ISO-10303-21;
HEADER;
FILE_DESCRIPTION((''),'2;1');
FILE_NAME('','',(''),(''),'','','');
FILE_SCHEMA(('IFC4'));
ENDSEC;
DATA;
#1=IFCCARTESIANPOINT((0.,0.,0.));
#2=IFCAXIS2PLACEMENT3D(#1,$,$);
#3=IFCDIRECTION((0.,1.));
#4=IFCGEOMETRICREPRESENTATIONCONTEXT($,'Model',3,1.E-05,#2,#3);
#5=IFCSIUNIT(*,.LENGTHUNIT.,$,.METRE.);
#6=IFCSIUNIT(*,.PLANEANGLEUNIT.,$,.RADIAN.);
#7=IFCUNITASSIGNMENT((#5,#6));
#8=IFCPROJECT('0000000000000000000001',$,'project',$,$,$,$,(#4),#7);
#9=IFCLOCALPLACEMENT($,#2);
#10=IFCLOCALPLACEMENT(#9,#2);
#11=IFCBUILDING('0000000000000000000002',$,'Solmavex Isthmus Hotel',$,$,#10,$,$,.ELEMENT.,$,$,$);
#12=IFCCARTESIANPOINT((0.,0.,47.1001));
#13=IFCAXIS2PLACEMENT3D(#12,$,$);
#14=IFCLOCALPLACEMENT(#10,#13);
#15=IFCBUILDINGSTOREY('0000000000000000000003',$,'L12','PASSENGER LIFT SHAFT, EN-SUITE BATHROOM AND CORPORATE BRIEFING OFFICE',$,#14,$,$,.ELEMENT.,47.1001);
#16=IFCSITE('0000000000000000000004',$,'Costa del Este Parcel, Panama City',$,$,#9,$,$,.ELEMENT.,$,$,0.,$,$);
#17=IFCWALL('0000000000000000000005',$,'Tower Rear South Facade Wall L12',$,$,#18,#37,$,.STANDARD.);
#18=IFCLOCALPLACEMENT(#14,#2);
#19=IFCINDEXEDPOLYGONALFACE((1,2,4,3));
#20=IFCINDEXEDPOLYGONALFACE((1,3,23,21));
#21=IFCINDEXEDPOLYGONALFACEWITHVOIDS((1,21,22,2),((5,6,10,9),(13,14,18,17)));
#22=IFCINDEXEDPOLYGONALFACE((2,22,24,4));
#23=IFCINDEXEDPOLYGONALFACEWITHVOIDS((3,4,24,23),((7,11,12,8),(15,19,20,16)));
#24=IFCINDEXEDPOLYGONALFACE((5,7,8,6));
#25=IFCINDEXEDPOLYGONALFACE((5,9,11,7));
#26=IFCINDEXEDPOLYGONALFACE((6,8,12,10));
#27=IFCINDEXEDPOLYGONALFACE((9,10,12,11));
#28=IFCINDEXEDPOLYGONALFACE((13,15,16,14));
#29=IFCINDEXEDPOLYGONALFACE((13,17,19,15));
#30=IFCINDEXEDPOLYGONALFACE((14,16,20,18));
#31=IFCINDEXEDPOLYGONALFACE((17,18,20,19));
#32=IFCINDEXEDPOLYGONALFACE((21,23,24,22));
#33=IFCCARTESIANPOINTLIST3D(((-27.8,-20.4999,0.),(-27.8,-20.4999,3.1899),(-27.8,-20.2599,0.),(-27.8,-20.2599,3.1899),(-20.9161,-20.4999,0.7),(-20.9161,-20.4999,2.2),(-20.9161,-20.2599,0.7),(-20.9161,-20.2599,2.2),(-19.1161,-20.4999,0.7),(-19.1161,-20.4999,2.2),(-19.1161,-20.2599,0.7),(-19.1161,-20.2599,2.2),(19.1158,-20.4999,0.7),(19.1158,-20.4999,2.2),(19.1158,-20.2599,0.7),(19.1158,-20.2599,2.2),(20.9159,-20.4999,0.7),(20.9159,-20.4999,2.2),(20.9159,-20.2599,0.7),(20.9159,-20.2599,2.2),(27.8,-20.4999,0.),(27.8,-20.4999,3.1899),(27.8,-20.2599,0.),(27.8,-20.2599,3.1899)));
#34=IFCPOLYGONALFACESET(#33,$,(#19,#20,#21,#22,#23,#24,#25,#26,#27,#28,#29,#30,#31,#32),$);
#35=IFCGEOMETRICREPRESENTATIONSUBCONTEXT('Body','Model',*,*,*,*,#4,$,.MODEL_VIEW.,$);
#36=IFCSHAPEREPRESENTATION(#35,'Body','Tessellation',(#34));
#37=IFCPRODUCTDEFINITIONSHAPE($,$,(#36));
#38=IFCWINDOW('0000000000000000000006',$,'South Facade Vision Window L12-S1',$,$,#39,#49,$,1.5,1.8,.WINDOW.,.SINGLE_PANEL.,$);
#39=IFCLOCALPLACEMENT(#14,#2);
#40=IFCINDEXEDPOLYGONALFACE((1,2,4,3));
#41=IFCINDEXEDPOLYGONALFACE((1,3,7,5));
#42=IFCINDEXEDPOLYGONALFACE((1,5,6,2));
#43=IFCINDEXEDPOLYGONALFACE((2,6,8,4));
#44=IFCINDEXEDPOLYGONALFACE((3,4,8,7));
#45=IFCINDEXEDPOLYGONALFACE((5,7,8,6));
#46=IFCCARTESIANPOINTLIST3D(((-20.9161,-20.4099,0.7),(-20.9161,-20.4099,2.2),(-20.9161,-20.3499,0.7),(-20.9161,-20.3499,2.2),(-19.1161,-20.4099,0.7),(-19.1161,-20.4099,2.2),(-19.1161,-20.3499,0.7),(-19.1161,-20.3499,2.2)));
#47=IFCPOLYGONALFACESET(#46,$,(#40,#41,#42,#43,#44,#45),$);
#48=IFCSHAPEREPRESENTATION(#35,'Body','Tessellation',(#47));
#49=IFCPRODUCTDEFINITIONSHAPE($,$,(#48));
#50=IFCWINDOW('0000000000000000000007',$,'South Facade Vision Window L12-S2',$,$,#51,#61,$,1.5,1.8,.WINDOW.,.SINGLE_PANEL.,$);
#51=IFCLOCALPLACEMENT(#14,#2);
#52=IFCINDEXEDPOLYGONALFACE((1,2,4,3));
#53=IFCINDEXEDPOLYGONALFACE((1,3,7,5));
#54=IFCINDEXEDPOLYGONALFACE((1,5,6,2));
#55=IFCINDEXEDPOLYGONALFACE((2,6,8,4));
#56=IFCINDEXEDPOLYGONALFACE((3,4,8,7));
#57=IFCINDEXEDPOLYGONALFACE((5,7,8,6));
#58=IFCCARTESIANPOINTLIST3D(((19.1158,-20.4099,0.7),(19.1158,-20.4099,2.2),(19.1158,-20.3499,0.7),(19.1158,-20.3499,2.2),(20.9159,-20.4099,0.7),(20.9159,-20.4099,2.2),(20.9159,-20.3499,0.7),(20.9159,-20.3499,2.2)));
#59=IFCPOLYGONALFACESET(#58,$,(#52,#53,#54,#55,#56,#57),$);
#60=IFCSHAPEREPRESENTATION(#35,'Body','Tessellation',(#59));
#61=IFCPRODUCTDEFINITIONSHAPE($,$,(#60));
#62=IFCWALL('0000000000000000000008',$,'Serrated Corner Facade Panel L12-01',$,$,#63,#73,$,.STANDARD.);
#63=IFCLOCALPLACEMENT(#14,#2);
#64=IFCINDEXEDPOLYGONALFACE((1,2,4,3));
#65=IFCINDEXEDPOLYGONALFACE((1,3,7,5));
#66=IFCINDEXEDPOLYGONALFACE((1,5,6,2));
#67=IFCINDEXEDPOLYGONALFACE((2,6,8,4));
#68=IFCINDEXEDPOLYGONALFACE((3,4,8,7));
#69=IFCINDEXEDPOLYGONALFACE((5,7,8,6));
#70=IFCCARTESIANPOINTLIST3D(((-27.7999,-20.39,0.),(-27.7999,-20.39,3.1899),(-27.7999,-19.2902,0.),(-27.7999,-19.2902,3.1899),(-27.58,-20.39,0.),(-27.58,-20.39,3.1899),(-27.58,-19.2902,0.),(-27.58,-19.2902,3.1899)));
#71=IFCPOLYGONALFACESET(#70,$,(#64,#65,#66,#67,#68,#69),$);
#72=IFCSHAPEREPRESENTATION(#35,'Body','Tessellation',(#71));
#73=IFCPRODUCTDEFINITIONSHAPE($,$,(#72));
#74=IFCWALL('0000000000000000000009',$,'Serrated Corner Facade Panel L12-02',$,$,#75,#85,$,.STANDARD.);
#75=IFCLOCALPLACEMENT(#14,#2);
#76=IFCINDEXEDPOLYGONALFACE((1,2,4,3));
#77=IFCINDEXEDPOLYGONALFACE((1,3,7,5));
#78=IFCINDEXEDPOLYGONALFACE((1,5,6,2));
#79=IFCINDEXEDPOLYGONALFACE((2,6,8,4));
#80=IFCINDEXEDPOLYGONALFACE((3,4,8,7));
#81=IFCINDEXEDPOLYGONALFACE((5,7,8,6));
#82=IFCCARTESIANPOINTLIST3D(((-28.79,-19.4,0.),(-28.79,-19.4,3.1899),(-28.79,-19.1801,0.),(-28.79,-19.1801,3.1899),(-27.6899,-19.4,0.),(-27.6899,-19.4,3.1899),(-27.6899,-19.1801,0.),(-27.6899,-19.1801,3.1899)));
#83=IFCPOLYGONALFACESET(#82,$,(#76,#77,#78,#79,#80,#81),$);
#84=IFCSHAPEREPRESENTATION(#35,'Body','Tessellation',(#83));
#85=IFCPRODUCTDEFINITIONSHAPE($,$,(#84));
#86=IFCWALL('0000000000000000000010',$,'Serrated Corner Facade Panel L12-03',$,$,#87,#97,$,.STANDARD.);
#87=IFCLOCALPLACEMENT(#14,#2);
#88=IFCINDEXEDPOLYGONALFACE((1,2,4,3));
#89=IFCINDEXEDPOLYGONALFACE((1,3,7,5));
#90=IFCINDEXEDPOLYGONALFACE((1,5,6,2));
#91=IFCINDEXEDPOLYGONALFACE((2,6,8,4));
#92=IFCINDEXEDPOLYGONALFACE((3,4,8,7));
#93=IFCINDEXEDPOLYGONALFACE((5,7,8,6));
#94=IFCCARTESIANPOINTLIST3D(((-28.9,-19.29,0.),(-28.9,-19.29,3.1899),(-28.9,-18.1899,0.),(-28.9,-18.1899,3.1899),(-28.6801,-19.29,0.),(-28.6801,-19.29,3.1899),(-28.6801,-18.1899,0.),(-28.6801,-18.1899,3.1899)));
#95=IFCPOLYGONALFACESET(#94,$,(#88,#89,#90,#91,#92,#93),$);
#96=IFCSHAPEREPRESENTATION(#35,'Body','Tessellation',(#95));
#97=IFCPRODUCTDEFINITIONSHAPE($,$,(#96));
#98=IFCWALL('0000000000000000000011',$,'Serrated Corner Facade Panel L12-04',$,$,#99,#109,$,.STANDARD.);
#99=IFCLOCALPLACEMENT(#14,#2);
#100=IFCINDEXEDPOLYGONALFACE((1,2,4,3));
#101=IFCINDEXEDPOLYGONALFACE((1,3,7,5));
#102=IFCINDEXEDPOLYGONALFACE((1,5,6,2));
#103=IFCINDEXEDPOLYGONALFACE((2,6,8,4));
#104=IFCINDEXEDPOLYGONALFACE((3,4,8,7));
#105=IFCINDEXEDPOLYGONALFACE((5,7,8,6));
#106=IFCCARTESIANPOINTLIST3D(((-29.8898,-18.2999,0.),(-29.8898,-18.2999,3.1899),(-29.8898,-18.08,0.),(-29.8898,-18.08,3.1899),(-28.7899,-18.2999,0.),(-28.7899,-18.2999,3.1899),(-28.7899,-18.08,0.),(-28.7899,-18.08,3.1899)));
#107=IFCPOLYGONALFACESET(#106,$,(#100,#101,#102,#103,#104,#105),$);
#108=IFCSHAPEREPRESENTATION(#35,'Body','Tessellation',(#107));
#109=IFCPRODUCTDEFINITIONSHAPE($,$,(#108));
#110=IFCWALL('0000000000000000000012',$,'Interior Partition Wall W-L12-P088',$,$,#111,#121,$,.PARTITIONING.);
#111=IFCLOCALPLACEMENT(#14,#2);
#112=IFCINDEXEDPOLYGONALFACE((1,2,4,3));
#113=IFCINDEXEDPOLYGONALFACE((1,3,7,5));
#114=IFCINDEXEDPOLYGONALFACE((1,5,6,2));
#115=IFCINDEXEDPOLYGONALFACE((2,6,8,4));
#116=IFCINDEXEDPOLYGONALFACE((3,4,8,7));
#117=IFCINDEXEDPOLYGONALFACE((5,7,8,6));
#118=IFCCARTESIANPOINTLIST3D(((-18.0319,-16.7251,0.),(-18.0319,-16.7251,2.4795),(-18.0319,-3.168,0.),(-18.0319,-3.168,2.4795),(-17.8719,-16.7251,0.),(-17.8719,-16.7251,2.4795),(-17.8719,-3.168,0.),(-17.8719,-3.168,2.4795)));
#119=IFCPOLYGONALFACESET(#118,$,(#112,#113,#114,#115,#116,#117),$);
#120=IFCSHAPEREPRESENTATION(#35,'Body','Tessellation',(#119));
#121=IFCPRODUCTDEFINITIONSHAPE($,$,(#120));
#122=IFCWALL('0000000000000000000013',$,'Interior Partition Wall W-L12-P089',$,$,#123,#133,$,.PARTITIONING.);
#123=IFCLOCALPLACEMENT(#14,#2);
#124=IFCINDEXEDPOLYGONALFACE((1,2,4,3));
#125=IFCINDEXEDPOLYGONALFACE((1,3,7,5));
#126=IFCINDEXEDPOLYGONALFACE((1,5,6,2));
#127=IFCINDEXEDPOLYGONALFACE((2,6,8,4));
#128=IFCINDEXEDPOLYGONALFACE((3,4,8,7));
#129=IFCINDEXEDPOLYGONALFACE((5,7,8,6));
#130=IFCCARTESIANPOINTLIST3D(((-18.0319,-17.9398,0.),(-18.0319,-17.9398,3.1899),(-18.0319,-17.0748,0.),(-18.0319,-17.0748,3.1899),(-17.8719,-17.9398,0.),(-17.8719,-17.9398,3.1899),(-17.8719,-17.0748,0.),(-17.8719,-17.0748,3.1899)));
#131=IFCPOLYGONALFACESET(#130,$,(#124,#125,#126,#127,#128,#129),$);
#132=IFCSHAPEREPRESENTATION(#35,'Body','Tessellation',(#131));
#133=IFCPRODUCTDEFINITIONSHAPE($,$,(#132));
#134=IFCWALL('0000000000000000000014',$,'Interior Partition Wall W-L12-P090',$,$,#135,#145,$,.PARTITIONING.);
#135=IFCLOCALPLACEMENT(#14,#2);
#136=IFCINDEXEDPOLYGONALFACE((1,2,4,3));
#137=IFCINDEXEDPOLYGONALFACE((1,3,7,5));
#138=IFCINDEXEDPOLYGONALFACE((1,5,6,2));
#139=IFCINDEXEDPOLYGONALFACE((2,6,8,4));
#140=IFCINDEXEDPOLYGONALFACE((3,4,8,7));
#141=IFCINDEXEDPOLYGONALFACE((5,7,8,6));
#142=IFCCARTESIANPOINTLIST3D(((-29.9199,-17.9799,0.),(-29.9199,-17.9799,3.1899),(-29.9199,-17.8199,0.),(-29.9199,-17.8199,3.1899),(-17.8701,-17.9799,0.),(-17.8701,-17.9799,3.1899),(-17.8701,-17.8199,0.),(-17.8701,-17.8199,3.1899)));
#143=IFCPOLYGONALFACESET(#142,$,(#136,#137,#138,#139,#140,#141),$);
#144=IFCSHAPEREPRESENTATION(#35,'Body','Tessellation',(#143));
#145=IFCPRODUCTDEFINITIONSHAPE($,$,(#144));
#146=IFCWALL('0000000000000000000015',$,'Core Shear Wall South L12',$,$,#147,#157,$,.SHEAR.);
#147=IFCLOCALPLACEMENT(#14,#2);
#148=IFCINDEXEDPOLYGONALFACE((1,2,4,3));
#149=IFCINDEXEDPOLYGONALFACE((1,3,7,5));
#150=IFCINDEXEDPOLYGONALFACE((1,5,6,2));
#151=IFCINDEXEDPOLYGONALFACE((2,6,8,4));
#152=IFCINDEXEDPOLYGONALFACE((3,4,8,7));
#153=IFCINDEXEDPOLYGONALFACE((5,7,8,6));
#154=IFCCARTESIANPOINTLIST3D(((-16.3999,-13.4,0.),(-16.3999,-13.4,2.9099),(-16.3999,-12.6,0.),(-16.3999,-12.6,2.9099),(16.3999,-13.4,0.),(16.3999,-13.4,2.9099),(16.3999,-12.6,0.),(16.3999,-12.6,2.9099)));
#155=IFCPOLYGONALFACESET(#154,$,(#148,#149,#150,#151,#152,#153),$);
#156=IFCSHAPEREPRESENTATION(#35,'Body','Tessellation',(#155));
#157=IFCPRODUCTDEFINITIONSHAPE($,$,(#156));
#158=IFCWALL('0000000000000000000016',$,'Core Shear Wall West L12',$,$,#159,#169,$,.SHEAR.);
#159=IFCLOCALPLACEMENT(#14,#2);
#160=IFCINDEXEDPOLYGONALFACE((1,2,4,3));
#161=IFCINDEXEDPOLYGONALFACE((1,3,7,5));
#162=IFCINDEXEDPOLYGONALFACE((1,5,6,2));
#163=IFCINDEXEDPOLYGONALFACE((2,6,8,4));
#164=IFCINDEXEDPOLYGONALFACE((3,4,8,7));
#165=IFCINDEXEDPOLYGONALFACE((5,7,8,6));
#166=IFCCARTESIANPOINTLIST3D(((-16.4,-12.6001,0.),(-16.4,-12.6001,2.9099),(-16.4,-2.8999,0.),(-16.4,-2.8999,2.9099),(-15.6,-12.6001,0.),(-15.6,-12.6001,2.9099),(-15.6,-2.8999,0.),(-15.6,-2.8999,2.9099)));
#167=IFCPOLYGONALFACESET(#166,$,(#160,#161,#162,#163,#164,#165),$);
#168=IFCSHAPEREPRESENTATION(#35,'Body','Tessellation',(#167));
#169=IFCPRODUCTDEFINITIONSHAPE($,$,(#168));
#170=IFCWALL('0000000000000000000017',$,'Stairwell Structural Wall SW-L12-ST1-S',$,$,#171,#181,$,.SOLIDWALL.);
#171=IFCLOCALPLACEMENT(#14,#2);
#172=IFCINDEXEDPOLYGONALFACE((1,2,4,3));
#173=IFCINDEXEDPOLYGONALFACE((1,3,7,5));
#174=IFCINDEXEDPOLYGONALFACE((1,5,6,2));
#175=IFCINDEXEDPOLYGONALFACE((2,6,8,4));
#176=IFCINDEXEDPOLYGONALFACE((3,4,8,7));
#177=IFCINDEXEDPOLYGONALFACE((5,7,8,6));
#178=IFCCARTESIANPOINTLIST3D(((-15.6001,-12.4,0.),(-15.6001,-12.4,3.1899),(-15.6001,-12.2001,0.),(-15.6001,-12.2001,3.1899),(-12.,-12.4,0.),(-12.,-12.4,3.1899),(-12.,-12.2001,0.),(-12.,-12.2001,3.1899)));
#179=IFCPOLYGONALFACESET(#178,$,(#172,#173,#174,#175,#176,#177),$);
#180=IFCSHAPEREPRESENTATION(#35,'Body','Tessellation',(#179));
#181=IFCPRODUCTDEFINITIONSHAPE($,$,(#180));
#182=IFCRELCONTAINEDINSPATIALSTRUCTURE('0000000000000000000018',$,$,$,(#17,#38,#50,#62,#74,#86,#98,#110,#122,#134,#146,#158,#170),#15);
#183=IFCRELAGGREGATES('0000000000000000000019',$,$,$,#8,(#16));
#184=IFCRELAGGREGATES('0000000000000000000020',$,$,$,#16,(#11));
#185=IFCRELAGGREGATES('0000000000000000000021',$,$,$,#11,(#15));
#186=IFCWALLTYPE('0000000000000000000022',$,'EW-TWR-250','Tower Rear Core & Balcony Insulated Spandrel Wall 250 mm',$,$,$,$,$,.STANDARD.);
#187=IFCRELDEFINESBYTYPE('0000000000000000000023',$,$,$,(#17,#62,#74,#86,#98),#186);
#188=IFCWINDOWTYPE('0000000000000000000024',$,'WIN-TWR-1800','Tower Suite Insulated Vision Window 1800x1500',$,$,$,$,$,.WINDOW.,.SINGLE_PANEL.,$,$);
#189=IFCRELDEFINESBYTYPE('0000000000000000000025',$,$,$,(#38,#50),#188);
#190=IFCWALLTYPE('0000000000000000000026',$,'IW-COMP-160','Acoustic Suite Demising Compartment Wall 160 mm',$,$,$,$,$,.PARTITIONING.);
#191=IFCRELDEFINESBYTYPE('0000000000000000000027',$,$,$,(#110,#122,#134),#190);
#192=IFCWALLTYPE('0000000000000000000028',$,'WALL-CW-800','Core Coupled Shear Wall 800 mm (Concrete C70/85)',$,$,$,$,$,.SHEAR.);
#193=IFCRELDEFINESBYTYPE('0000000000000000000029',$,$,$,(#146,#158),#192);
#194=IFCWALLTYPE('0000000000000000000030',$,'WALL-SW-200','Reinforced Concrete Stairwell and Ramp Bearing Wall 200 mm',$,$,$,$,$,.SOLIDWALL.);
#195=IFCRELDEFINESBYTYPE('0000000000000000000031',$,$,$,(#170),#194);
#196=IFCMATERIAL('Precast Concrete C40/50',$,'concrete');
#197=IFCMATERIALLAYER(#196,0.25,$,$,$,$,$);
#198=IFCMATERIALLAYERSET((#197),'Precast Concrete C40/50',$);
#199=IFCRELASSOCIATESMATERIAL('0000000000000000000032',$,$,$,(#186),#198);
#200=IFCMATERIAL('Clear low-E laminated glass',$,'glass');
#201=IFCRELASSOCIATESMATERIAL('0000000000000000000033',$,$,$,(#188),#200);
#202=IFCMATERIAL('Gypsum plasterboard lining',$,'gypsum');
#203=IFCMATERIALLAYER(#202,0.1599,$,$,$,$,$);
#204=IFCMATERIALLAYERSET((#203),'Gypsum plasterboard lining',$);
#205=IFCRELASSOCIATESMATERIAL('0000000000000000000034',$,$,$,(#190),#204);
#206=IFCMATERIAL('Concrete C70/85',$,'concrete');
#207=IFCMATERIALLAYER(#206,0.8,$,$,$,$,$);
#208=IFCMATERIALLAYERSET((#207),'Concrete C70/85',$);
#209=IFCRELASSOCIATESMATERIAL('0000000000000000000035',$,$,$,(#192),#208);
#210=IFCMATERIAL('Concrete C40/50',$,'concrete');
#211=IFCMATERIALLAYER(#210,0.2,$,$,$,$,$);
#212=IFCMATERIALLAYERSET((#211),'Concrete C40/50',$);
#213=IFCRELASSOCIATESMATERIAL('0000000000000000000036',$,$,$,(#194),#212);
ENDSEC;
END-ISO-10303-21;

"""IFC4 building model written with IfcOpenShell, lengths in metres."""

from ifc_helpers import new_model, si_unit, direction, frame, frame_2d, origin, place, context, subcontext, project, spatial, rectangle, extrude, material, layer, layer_set, type_object, element, fill, save


model = new_model("IFC4")

# Units and contexts
model_context = context("Model", 3, precision=1e-05, world=origin(), true_north=direction((0.0, 1.0)))
body_context = subcontext(model_context, "Body", "Model", "MODEL_VIEW")
ifc_project = project(units=[si_unit("LENGTHUNIT", "METRE"), si_unit("PLANEANGLEUNIT", "RADIAN")], contexts=[model_context])

# Site, building, storey
site_placement = place(None, origin())
site = spatial("IfcSite", under=ifc_project, at=site_placement, Name="Costa del Este Parcel, Panama City", CompositionType="ELEMENT", RefElevation=0.0)
building_placement = place(site_placement, origin())
building = spatial("IfcBuilding", under=site, at=building_placement, Name="Solmavex Isthmus Hotel", CompositionType="ELEMENT")
storey_placement = place(building_placement, frame((0.0, 0.0, 47.1001)))
storey = spatial("IfcBuildingStorey", under=building, at=storey_placement, Name="L12", Description="PASSENGER LIFT SHAFT, EN-SUITE BATHROOM AND CORPORATE BRIEFING OFFICE", CompositionType="ELEMENT", Elevation=47.1001)

# Shared definitions
ifc_material_1 = material(Name="Concrete C70/85", Category="concrete")

# Shared definitions
ifc_material_2 = material(Name="Clear low-E laminated glass", Category="glass")

# Wall, openings, windows
ifc_material_3 = material(Name="Precast Concrete C40/50", Category="concrete")
ifc_layer_1 = layer(ifc_material_3, 0.25)
ifc_layer_set_1 = layer_set([ifc_layer_1], Name="Precast Concrete C40/50")
wall_type_1 = type_object("IfcWallType", Name="EW-TWR-250", Description="Tower Rear Core & Balcony Insulated Spandrel Wall 250 mm", PredefinedType="STANDARD", material=ifc_layer_set_1)
wall_1_placement = place(storey_placement, frame((-27.8, -20.3799, 0.0), z_axis=(0.0, 0.0, 1.0), x_axis=(1.0, 0.0, 0.0)))
wall_1 = element("IfcWall", 1, at=wall_1_placement, inside=storey, type_object=wall_type_1, Name="Tower Rear South Facade Wall L12", PredefinedType="STANDARD", context=body_context, shape_type="SweptSolid", body=[
    extrude(rectangle(XDim=55.6001, YDim=0.24, at=frame_2d((27.8, 0.0))), origin(), (0.0, 0.0, 1.0), 3.1899),
])
opening_1_placement = place(wall_1_placement, frame((6.884, 0.0, 0.7)))
opening_1 = element("IfcOpeningElement", 2, at=opening_1_placement, cuts=wall_1, PredefinedType="OPENING", context=body_context, shape_type="SweptSolid", body=[
    extrude(rectangle(XDim=1.8, YDim=1.5, at=frame_2d((0.8999, 0.75))), frame((0.0, 0.1299, 0.0), z_axis=(0.0, -1.0, 0.0), x_axis=(1.0, 0.0, 0.0)), (0.0, 0.0, 1.0), 0.26),
])
opening_2_placement = place(wall_1_placement, frame((46.916, 0.0, 0.7)))
opening_2 = element("IfcOpeningElement", 3, at=opening_2_placement, cuts=wall_1, PredefinedType="OPENING", context=body_context, shape_type="SweptSolid", body=[
    extrude(rectangle(XDim=1.8, YDim=1.5, at=frame_2d((0.8999, 0.75))), frame((0.0, 0.1299, 0.0), z_axis=(0.0, -1.0, 0.0), x_axis=(1.0, 0.0, 0.0)), (0.0, 0.0, 1.0), 0.26),
])
window_type = type_object("IfcWindowType", Name="WIN-TWR-1800", Description="Tower Suite Insulated Vision Window 1800x1500", PartitioningType="SINGLE_PANEL", PredefinedType="WINDOW", material=ifc_material_2)
window_1_placement = place(opening_1_placement, origin())
window_1 = element("IfcWindow", 4, at=window_1_placement, inside=storey, type_object=window_type, Name="South Facade Vision Window L12-S1", OverallHeight=1.5, OverallWidth=1.8, PartitioningType="SINGLE_PANEL", PredefinedType="WINDOW", context=body_context, shape_type="SweptSolid", body=[
    extrude(rectangle(XDim=1.8, YDim=1.5, at=frame_2d((0.8999, 0.75))), frame((0.0, 0.03, 0.0), z_axis=(0.0, -1.0, 0.0), x_axis=(1.0, 0.0, 0.0)), (0.0, 0.0, 1.0), 0.0601),
])
fill(opening_1, window_1)
window_2_placement = place(opening_2_placement, origin())
window_2 = element("IfcWindow", 5, at=window_2_placement, inside=storey, type_object=window_type, Name="South Facade Vision Window L12-S2", OverallHeight=1.5, OverallWidth=1.8, PartitioningType="SINGLE_PANEL", PredefinedType="WINDOW", context=body_context, shape_type="SweptSolid", body=[
    extrude(rectangle(XDim=1.8, YDim=1.5, at=frame_2d((0.8999, 0.75))), frame((0.0, 0.03, 0.0), z_axis=(0.0, -1.0, 0.0), x_axis=(1.0, 0.0, 0.0)), (0.0, 0.0, 1.0), 0.0601),
])
fill(opening_2, window_2)

# Walls
wall_2_placement = place(storey_placement, frame((-27.6899, -20.3899, 0.0), z_axis=(0.0, 0.0, 1.0), x_axis=(0.0, 1.0, 0.0)))
element("IfcWall", 6, at=wall_2_placement, inside=storey, type_object=wall_type_1, Name="Serrated Corner Facade Panel L12-01", PredefinedType="STANDARD", context=body_context, shape_type="SweptSolid", body=[
    extrude(rectangle(XDim=1.0999, YDim=0.22, at=frame_2d((0.5498, 0.0))), origin(), (0.0, 0.0, 1.0), 3.1899),
])
for number, where, z_axis, x_axis, name in (
    (7, (-27.6899, -19.29, 0.0), (0.0, 0.0, 1.0), (-1.0, 0.0, 0.0), "Serrated Corner Facade Panel L12-02"),
    (8, (-28.79, -19.29, 0.0), (0.0, 0.0, 1.0), (0.0, 1.0, 0.0), "Serrated Corner Facade Panel L12-03"),
):
    element("IfcWall", number, at=place(storey_placement, frame(where, z_axis=z_axis, x_axis=x_axis)), inside=storey, type_object=wall_type_1, Name=name, PredefinedType="STANDARD", context=body_context, shape_type="SweptSolid", body=[
        extrude(rectangle(XDim=1.1001, YDim=0.22, at=frame_2d((0.55, 0.0))), origin(), (0.0, 0.0, 1.0), 3.1899),
    ])
wall_3_placement = place(storey_placement, frame((-28.79, -18.1899, 0.0), z_axis=(0.0, 0.0, 1.0), x_axis=(-1.0, 0.0, 0.0)))
element("IfcWall", 9, at=wall_3_placement, inside=storey, type_object=wall_type_1, Name="Serrated Corner Facade Panel L12-04", PredefinedType="STANDARD", context=body_context, shape_type="SweptSolid", body=[
    extrude(rectangle(XDim=1.0999, YDim=0.22, at=frame_2d((0.5498, 0.0))), origin(), (0.0, 0.0, 1.0), 3.1899),
])
ifc_material_4 = material(Name="Gypsum plasterboard lining", Category="gypsum")
ifc_layer_2 = layer(ifc_material_4, 0.1599)
ifc_layer_set_2 = layer_set([ifc_layer_2], Name="Gypsum plasterboard lining")
wall_type_2 = type_object("IfcWallType", Name="IW-COMP-160", Description="Acoustic Suite Demising Compartment Wall 160 mm", PredefinedType="PARTITIONING", material=ifc_layer_set_2)
wall_4_placement = place(storey_placement, frame((-17.9519, -16.7251, 0.0), z_axis=(0.0, 0.0, 1.0), x_axis=(0.0, 1.0, 0.0)))
element("IfcWall", 10, at=wall_4_placement, inside=storey, type_object=wall_type_2, Name="Interior Partition Wall W-L12-P088", PredefinedType="PARTITIONING", context=body_context, shape_type="SweptSolid", body=[
    extrude(rectangle(XDim=13.5571, YDim=0.1599, at=frame_2d((6.7786, 0.0))), origin(), (0.0, 0.0, 1.0), 2.4795),
])
wall_5_placement = place(storey_placement, frame((-17.9519, -17.9399, 0.0), z_axis=(0.0, 0.0, 1.0), x_axis=(0.0, 1.0, 0.0)))
element("IfcWall", 11, at=wall_5_placement, inside=storey, type_object=wall_type_2, Name="Interior Partition Wall W-L12-P089", PredefinedType="PARTITIONING", context=body_context, shape_type="SweptSolid", body=[
    extrude(rectangle(XDim=0.865, YDim=0.1599, at=frame_2d((0.4326, 0.0))), origin(), (0.0, 0.0, 1.0), 3.1899),
])
wall_6_placement = place(storey_placement, frame((-29.9199, -17.8999, 0.0), z_axis=(0.0, 0.0, 1.0), x_axis=(1.0, 0.0, 0.0)))
element("IfcWall", 12, at=wall_6_placement, inside=storey, type_object=wall_type_2, Name="Interior Partition Wall W-L12-P090", PredefinedType="PARTITIONING", context=body_context, shape_type="SweptSolid", body=[
    extrude(rectangle(XDim=12.0498, YDim=0.1599, at=frame_2d((6.0249, 0.0))), origin(), (0.0, 0.0, 1.0), 3.1899),
])
ifc_layer_3 = layer(ifc_material_1, 0.8)
ifc_layer_set_3 = layer_set([ifc_layer_3], Name="Concrete C70/85")
wall_type_3 = type_object("IfcWallType", Name="WALL-CW-800", Description="Core Coupled Shear Wall 800 mm (Concrete C70/85)", PredefinedType="SHEAR", material=ifc_layer_set_3)
wall_7_placement = place(storey_placement, frame((-16.3999, -13.0, 0.0), z_axis=(0.0, 0.0, 1.0), x_axis=(1.0, 0.0, 0.0)))
element("IfcWall", 13, at=wall_7_placement, inside=storey, type_object=wall_type_3, Name="Core Shear Wall South L12", PredefinedType="SHEAR", context=body_context, shape_type="SweptSolid", body=[
    extrude(rectangle(XDim=32.7998, YDim=0.8, at=frame_2d((16.3999, 0.0))), origin(), (0.0, 0.0, 1.0), 2.9099),
])
wall_8_placement = place(storey_placement, frame((-16.0, -12.6001, 0.0), z_axis=(0.0, 0.0, 1.0), x_axis=(0.0, 1.0, 0.0)))
element("IfcWall", 14, at=wall_8_placement, inside=storey, type_object=wall_type_3, Name="Core Shear Wall West L12", PredefinedType="SHEAR", context=body_context, shape_type="SweptSolid", body=[
    extrude(rectangle(XDim=9.7002, YDim=0.8, at=frame_2d((4.8501, 0.0))), origin(), (0.0, 0.0, 1.0), 2.9099),
])
ifc_material_5 = material(Name="Concrete C40/50", Category="concrete")
ifc_layer_4 = layer(ifc_material_5, 0.2)
ifc_layer_set_4 = layer_set([ifc_layer_4], Name="Concrete C40/50")
wall_type_4 = type_object("IfcWallType", Name="WALL-SW-200", Description="Reinforced Concrete Stairwell and Ramp Bearing Wall 200 mm", PredefinedType="SOLIDWALL", material=ifc_layer_set_4)
wall_9_placement = place(storey_placement, frame((-15.6001, -12.3, 0.0), z_axis=(0.0, 0.0, 1.0), x_axis=(1.0, 0.0, 0.0)))
element("IfcWall", 15, at=wall_9_placement, inside=storey, type_object=wall_type_4, Name="Stairwell Structural Wall SW-L12-ST1-S", PredefinedType="SOLIDWALL", context=body_context, shape_type="SweptSolid", body=[
    extrude(rectangle(XDim=3.6001, YDim=0.2, at=frame_2d((1.8, 0.0))), origin(), (0.0, 0.0, 1.0), 3.1899),
])

save(model, "model.ifc")
